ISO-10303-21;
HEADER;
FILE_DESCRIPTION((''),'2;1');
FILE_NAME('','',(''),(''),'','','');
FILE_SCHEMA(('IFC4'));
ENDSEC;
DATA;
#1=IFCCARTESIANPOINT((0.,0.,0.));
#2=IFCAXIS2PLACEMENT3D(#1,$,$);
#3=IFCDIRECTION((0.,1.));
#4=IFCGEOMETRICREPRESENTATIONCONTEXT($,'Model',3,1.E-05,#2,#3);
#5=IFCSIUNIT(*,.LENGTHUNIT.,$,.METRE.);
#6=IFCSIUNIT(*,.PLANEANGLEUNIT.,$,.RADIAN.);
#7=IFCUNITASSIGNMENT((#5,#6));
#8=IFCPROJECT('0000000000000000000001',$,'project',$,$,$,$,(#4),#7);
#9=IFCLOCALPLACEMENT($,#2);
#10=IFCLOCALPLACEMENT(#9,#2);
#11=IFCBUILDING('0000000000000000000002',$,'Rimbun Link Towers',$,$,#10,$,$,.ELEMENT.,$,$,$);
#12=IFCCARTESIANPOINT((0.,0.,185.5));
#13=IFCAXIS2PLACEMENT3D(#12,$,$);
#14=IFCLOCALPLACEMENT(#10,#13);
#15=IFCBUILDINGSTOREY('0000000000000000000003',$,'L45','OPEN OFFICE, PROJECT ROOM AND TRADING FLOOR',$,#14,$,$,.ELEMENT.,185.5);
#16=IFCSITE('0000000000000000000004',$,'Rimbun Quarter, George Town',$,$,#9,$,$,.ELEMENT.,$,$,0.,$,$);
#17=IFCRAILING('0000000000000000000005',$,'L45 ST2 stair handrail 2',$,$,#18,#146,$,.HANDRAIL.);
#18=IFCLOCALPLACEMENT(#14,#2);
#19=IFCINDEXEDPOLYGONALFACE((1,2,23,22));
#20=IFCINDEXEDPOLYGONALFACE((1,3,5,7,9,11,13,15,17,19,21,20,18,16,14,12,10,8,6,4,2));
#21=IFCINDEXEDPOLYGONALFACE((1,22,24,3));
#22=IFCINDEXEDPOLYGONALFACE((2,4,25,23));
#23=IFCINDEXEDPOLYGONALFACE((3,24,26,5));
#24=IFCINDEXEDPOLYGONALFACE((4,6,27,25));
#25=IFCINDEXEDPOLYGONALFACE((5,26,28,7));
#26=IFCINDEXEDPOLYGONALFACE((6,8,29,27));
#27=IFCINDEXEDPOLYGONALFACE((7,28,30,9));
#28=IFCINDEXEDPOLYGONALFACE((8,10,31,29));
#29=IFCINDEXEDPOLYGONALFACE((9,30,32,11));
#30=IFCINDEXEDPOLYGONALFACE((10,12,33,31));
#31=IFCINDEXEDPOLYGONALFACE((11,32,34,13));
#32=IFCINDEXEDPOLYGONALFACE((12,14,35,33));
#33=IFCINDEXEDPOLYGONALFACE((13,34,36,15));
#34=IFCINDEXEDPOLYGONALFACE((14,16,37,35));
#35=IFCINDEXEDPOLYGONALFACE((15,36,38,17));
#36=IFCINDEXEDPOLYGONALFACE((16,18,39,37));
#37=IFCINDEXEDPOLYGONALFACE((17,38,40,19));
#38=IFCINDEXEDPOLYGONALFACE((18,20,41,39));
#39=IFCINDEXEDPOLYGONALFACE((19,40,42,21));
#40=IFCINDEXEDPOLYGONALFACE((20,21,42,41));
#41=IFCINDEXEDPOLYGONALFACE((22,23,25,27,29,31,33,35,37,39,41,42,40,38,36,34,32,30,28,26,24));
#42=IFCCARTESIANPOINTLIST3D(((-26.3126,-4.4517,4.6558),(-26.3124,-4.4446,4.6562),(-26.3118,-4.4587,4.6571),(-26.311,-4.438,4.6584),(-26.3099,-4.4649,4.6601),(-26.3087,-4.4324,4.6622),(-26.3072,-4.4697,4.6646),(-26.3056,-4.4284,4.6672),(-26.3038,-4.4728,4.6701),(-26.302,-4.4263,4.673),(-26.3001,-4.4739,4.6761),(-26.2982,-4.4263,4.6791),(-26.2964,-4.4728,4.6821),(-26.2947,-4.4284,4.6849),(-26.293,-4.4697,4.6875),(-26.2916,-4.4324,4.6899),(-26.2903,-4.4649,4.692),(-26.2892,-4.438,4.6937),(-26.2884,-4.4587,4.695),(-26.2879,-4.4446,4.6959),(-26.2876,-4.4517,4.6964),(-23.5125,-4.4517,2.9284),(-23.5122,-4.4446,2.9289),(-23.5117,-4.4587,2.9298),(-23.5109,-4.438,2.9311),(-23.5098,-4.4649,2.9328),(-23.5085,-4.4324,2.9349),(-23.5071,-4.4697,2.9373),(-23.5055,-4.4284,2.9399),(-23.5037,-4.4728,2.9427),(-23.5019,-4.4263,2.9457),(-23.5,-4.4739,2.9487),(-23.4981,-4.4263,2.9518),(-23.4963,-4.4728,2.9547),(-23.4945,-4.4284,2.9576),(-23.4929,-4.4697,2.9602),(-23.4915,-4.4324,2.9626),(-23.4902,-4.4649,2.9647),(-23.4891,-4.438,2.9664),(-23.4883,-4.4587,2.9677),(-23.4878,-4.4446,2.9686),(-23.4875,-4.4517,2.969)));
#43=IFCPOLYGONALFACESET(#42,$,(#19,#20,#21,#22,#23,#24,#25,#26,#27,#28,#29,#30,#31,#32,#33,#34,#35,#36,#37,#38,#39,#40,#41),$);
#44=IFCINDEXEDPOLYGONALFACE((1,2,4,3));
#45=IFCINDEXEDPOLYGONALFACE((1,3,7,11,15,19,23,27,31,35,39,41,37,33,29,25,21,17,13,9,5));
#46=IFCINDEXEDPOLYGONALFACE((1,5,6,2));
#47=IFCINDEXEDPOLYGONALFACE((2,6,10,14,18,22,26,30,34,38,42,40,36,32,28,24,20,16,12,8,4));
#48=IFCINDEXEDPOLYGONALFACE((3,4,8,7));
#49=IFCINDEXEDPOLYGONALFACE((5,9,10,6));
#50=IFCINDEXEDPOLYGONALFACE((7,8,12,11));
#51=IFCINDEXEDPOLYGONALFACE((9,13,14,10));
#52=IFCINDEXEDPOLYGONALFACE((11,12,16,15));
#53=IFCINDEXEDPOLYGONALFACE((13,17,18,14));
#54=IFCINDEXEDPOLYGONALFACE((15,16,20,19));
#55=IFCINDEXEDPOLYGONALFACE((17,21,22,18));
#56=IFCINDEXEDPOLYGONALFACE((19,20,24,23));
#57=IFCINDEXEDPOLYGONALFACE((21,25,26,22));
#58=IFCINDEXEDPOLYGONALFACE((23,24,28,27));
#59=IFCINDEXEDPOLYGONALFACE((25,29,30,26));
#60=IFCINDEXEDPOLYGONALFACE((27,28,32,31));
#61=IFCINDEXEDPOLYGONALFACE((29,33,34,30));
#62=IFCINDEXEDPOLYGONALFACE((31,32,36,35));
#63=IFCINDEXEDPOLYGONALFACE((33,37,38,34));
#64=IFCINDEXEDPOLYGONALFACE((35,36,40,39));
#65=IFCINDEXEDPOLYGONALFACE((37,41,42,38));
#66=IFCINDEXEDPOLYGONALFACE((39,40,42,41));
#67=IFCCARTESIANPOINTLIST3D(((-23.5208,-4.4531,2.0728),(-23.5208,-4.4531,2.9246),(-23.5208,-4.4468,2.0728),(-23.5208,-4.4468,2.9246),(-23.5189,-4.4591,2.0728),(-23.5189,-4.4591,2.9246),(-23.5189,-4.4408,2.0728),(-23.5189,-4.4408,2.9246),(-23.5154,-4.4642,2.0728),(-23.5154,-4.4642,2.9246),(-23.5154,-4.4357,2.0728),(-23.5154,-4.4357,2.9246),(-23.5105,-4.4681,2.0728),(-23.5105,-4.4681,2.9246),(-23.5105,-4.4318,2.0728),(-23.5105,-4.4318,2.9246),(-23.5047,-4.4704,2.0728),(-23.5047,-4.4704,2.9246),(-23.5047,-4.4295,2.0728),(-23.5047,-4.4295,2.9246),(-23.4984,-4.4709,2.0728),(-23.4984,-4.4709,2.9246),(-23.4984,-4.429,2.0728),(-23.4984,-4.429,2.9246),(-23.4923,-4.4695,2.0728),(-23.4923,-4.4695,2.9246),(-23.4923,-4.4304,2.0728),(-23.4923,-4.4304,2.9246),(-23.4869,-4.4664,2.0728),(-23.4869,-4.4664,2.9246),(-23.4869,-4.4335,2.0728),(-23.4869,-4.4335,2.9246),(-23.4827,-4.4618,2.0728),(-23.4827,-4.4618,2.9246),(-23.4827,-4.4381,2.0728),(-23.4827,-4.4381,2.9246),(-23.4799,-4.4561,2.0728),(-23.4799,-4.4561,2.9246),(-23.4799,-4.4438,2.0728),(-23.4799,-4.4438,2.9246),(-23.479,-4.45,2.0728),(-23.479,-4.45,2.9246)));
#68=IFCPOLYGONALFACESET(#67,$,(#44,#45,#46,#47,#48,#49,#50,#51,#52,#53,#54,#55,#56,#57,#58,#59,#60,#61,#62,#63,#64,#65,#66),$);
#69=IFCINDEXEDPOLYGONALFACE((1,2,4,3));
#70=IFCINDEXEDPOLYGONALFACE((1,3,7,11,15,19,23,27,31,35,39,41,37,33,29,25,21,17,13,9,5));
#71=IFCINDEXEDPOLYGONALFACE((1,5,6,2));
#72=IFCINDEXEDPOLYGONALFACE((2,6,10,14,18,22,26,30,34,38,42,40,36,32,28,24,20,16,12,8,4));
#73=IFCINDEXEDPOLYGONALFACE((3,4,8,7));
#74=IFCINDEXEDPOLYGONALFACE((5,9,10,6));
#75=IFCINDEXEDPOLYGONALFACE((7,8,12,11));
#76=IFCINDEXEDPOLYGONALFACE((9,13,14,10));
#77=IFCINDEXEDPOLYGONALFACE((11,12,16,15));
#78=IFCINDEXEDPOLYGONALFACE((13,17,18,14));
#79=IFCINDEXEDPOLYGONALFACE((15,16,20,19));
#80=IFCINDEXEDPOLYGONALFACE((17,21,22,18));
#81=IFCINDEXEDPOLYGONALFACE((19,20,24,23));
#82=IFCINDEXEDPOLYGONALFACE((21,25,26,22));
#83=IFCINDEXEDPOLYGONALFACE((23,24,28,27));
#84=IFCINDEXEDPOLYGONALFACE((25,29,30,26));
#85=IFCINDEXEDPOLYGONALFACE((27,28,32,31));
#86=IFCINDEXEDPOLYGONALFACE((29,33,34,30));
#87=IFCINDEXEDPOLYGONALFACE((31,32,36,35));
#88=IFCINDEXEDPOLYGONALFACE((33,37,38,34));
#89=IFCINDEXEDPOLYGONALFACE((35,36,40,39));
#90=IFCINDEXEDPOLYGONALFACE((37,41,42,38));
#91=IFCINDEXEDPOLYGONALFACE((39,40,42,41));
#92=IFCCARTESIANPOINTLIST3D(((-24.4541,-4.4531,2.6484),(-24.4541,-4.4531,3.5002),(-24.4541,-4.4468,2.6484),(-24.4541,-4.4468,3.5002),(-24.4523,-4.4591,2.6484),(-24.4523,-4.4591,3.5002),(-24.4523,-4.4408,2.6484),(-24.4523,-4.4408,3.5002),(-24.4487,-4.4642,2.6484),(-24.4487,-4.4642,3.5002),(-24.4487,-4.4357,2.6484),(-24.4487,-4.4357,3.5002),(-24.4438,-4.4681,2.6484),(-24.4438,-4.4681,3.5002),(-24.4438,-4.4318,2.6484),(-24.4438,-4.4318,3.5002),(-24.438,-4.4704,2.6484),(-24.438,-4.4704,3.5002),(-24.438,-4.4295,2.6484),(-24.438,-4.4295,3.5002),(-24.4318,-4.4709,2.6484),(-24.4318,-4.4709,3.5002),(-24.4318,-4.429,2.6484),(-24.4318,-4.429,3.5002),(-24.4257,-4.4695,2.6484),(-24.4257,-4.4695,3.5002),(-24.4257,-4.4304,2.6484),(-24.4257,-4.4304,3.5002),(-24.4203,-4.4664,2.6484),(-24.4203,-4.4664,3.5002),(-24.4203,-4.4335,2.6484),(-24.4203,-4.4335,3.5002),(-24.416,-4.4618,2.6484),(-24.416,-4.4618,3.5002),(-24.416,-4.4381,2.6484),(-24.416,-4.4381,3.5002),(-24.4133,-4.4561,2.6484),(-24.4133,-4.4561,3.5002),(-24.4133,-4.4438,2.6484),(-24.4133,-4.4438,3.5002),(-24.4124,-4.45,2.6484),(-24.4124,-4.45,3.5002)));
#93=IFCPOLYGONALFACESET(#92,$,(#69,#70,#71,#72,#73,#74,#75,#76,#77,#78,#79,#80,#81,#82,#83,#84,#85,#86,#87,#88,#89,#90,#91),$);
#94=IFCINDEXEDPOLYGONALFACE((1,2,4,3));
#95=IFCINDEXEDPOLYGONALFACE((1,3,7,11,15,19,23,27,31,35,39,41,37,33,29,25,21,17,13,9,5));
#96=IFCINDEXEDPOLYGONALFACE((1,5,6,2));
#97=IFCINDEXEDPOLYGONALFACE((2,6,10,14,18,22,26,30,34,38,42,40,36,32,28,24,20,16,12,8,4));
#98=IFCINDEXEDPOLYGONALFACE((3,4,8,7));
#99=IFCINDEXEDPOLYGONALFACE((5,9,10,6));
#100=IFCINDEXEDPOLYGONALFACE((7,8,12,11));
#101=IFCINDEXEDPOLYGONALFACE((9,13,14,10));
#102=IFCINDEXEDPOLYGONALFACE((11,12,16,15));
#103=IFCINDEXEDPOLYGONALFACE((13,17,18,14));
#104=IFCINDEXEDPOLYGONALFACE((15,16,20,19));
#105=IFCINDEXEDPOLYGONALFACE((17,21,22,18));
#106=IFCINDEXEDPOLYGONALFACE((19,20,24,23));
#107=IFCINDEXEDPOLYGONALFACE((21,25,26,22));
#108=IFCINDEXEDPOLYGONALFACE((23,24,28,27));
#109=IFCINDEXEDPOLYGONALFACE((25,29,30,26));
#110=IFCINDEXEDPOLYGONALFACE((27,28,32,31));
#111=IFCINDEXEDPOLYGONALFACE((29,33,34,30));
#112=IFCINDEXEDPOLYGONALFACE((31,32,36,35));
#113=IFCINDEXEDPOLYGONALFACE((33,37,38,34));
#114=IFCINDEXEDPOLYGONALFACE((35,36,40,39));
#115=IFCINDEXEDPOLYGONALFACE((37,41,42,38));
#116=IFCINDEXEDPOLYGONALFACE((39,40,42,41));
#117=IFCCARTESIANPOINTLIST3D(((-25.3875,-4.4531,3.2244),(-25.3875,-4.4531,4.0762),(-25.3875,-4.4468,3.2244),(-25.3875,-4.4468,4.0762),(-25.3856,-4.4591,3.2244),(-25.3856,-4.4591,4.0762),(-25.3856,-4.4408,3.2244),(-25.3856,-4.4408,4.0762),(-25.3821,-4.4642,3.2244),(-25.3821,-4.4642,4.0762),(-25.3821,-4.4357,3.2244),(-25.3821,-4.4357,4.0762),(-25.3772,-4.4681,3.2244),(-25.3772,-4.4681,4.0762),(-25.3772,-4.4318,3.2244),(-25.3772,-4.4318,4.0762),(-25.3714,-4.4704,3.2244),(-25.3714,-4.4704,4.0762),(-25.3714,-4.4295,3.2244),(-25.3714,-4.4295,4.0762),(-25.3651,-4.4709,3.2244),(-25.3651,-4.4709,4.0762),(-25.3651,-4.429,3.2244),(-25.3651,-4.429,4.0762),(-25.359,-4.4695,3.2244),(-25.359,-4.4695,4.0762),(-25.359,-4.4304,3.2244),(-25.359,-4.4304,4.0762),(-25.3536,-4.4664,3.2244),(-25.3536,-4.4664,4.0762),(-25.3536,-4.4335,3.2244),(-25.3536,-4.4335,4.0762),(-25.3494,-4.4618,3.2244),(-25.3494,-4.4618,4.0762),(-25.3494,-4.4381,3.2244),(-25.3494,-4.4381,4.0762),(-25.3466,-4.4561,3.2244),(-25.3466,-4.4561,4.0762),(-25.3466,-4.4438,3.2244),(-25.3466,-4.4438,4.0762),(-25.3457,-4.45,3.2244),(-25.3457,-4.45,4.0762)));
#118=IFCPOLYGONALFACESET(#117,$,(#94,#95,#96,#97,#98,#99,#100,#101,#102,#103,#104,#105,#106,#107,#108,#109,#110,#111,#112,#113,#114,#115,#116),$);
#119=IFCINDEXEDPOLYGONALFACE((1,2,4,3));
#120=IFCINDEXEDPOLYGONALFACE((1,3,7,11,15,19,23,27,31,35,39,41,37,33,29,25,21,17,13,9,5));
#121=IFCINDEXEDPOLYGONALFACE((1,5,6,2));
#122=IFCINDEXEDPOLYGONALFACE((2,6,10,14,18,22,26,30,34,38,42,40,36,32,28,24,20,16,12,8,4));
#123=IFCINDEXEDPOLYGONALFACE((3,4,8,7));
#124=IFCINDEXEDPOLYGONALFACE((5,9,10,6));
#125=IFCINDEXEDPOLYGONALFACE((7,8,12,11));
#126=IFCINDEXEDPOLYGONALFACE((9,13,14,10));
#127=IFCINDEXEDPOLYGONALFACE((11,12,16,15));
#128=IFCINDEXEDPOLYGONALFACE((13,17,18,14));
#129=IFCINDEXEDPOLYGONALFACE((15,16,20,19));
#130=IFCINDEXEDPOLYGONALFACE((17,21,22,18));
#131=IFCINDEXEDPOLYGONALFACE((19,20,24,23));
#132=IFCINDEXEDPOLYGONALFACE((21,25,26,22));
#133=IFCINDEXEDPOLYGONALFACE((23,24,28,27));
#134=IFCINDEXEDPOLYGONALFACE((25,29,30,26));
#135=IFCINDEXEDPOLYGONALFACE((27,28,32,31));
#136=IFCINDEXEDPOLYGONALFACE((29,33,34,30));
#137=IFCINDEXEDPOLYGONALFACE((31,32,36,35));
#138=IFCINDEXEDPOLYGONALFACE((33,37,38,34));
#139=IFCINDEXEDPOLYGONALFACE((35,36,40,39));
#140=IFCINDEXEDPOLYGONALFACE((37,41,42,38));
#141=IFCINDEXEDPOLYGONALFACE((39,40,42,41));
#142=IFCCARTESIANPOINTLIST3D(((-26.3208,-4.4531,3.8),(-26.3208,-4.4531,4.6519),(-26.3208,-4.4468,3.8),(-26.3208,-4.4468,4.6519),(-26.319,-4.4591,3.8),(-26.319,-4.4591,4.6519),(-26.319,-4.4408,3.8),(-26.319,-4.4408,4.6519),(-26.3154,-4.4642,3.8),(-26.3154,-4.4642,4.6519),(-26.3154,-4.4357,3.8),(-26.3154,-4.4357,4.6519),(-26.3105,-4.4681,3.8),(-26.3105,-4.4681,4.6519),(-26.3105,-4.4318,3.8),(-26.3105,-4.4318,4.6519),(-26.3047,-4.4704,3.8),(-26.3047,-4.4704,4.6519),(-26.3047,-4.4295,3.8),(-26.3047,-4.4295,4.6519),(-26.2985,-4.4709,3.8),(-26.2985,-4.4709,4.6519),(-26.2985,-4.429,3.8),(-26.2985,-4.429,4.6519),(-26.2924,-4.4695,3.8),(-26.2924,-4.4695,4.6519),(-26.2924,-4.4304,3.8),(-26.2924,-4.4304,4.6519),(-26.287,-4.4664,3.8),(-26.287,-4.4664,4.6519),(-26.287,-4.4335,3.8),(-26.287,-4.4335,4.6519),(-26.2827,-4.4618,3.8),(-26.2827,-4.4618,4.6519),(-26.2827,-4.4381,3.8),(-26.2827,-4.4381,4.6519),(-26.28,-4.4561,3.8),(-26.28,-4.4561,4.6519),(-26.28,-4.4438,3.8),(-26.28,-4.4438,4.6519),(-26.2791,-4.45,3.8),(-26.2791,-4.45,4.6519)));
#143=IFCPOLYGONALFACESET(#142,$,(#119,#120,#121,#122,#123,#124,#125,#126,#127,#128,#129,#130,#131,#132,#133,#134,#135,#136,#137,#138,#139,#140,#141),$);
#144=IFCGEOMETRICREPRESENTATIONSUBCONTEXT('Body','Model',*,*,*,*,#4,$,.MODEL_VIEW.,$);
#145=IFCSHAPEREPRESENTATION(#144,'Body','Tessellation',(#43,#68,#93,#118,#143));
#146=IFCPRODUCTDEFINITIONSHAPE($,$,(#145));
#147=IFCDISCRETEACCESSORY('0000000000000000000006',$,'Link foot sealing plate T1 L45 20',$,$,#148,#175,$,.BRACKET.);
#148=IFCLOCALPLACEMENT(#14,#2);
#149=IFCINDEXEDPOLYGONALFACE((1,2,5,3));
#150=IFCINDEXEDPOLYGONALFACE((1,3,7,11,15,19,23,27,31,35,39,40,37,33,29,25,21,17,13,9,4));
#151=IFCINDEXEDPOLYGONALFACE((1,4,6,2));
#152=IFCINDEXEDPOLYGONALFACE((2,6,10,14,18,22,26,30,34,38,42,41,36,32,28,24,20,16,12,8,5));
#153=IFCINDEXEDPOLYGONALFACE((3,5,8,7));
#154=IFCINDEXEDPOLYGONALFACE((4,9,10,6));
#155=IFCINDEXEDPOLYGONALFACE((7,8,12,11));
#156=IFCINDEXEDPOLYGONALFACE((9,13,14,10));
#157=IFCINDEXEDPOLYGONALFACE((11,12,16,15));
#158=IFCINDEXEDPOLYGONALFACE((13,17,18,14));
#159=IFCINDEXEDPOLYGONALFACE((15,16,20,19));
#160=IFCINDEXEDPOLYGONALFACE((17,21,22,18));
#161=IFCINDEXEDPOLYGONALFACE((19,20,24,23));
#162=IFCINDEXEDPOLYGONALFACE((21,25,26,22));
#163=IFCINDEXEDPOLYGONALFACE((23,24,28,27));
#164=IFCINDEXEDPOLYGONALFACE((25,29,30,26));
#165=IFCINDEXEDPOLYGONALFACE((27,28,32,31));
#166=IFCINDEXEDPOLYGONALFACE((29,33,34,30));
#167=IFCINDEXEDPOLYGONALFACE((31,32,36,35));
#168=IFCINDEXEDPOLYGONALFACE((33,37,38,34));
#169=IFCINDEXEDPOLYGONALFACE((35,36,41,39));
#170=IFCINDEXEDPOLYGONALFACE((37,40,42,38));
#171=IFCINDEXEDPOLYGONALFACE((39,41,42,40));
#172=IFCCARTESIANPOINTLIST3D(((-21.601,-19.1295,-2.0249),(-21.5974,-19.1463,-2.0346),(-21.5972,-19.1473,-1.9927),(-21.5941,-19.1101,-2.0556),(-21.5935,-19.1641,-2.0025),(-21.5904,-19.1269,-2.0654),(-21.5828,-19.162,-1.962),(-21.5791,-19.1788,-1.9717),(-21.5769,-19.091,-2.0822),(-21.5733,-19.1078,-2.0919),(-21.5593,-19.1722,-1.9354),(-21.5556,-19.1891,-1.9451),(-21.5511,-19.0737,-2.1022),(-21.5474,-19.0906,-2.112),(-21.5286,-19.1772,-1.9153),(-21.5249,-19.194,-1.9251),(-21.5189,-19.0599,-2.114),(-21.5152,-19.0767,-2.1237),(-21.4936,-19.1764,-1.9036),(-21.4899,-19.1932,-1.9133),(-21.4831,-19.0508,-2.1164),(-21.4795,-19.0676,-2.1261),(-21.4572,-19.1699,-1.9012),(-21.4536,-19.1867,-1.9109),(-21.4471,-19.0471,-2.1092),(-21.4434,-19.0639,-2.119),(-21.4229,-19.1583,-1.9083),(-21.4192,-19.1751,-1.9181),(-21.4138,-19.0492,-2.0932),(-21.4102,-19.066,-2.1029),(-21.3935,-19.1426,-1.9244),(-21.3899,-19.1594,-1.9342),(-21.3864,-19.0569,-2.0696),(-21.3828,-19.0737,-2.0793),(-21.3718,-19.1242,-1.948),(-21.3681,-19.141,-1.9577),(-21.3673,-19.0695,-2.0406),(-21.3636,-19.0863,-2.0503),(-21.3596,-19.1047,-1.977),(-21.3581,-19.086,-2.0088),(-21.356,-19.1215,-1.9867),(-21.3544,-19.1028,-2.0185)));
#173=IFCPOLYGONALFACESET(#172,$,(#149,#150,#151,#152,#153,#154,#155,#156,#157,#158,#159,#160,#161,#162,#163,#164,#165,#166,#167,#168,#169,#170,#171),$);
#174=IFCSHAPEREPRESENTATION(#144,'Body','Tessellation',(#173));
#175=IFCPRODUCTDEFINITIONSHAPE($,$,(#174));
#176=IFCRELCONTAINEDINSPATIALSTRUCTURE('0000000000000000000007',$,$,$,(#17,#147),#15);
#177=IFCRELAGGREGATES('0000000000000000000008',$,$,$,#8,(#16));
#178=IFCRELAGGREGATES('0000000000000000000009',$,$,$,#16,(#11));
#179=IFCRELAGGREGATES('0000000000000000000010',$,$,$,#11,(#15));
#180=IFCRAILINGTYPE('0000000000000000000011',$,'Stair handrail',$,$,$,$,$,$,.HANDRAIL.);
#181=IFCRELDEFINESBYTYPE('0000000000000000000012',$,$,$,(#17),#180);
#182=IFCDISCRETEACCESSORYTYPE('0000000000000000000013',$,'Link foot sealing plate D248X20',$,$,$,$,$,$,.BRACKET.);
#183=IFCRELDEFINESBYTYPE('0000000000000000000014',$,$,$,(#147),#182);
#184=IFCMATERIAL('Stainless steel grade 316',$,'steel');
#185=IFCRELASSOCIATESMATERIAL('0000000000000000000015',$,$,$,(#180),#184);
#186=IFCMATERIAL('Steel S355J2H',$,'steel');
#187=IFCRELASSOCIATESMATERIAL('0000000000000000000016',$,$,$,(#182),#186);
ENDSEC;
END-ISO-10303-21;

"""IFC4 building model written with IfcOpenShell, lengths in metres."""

from ifc_helpers import new_model, si_unit, direction, frame, origin, origin_2d, place, context, subcontext, project, spatial, circle, extrude, material, material_profile, profile_set, type_object, element, save


model = new_model("IFC4")

# Units and contexts
model_context = context("Model", 3, precision=1e-05, world=origin(), true_north=direction((0.0, 1.0)))
body_context = subcontext(model_context, "Body", "Model", "MODEL_VIEW")
ifc_project = project(units=[si_unit("LENGTHUNIT", "METRE"), si_unit("PLANEANGLEUNIT", "RADIAN")], contexts=[model_context])

# Site, building, storey
site_placement = place(None, origin())
site = spatial("IfcSite", under=ifc_project, at=site_placement, Name="Rimbun Quarter, George Town", CompositionType="ELEMENT", RefElevation=0.0)
building_placement = place(site_placement, origin())
building = spatial("IfcBuilding", under=site, at=building_placement, Name="Rimbun Link Towers", CompositionType="ELEMENT")
storey_placement = place(building_placement, frame((0.0, 0.0, 185.5)))
storey = spatial("IfcBuildingStorey", under=building, at=storey_placement, Name="L45", Description="OPEN OFFICE, PROJECT ROOM AND TRADING FLOOR", CompositionType="ELEMENT", Elevation=185.5)

# Railing
ifc_material_1 = material(Name="Stainless steel grade 316", Category="steel")
railing_type_1 = type_object("IfcRailingType", Name="Stair handrail", PredefinedType="HANDRAIL", material=ifc_material_1)
railing_1_placement = place(storey_placement, frame((-23.5, -4.45, 2.0728)))
element("IfcRailing", 1, at=railing_1_placement, inside=storey, type_object=railing_type_1, Name="L45 ST2 stair handrail 2", PredefinedType="HANDRAIL", context=body_context, shape_type="SweptSolid", body=[
    extrude(circle(Radius=0.0239, at=origin_2d()), frame((0.0, 0.0, 0.876), z_axis=(-0.85109, 0.0, 0.52502), x_axis=(0.0, -1.0, 0.0)), (0.0, 0.0, 1.0), 3.29),
    extrude(circle(Radius=0.021, at=origin_2d()), origin(), (0.0, 0.0, 1.0), 0.8518),
    extrude(circle(Radius=0.021, at=origin_2d()), frame((-0.9333, 0.0, 0.5757)), (0.0, 0.0, 1.0), 0.8518),
    extrude(circle(Radius=0.021, at=origin_2d()), frame((-1.8667, 0.0, 1.1516)), (0.0, 0.0, 1.0), 0.8518),
    extrude(circle(Radius=0.021, at=origin_2d()), frame((-2.8, 0.0, 1.7273)), (0.0, 0.0, 1.0), 0.8518),
])

# Discrete accessory
ifc_material_2 = material(Name="Steel S355J2H", Category="steel")
ifc_material_profile_1 = material_profile(ifc_material_2, circle(Radius=0.124, at=origin_2d()), Name="PL D248")
ifc_profile_set_1 = profile_set([ifc_material_profile_1], Name="Steel S355J2H")
discrete_accessory_type = type_object("IfcDiscreteAccessoryType", Name="Link foot sealing plate D248X20", PredefinedType="BRACKET", material=ifc_profile_set_1)
discrete_accessory_placement = place(storey_placement, frame((-21.4792, -19.1123, -2.0088), z_axis=(0.184833, -0.850234, -0.492889), x_axis=(0.977176, 0.21243, 0.0)))
element("IfcDiscreteAccessory", 2, at=discrete_accessory_placement, inside=storey, type_object=discrete_accessory_type, Name="Link foot sealing plate T1 L45 20", PredefinedType="BRACKET", context=body_context, shape_type="SweptSolid", body=[
    extrude(circle(Radius=0.124, at=origin_2d()), origin(), (0.0, 0.0, 1.0), 0.0198),
])

save(model, "model.ifc")
